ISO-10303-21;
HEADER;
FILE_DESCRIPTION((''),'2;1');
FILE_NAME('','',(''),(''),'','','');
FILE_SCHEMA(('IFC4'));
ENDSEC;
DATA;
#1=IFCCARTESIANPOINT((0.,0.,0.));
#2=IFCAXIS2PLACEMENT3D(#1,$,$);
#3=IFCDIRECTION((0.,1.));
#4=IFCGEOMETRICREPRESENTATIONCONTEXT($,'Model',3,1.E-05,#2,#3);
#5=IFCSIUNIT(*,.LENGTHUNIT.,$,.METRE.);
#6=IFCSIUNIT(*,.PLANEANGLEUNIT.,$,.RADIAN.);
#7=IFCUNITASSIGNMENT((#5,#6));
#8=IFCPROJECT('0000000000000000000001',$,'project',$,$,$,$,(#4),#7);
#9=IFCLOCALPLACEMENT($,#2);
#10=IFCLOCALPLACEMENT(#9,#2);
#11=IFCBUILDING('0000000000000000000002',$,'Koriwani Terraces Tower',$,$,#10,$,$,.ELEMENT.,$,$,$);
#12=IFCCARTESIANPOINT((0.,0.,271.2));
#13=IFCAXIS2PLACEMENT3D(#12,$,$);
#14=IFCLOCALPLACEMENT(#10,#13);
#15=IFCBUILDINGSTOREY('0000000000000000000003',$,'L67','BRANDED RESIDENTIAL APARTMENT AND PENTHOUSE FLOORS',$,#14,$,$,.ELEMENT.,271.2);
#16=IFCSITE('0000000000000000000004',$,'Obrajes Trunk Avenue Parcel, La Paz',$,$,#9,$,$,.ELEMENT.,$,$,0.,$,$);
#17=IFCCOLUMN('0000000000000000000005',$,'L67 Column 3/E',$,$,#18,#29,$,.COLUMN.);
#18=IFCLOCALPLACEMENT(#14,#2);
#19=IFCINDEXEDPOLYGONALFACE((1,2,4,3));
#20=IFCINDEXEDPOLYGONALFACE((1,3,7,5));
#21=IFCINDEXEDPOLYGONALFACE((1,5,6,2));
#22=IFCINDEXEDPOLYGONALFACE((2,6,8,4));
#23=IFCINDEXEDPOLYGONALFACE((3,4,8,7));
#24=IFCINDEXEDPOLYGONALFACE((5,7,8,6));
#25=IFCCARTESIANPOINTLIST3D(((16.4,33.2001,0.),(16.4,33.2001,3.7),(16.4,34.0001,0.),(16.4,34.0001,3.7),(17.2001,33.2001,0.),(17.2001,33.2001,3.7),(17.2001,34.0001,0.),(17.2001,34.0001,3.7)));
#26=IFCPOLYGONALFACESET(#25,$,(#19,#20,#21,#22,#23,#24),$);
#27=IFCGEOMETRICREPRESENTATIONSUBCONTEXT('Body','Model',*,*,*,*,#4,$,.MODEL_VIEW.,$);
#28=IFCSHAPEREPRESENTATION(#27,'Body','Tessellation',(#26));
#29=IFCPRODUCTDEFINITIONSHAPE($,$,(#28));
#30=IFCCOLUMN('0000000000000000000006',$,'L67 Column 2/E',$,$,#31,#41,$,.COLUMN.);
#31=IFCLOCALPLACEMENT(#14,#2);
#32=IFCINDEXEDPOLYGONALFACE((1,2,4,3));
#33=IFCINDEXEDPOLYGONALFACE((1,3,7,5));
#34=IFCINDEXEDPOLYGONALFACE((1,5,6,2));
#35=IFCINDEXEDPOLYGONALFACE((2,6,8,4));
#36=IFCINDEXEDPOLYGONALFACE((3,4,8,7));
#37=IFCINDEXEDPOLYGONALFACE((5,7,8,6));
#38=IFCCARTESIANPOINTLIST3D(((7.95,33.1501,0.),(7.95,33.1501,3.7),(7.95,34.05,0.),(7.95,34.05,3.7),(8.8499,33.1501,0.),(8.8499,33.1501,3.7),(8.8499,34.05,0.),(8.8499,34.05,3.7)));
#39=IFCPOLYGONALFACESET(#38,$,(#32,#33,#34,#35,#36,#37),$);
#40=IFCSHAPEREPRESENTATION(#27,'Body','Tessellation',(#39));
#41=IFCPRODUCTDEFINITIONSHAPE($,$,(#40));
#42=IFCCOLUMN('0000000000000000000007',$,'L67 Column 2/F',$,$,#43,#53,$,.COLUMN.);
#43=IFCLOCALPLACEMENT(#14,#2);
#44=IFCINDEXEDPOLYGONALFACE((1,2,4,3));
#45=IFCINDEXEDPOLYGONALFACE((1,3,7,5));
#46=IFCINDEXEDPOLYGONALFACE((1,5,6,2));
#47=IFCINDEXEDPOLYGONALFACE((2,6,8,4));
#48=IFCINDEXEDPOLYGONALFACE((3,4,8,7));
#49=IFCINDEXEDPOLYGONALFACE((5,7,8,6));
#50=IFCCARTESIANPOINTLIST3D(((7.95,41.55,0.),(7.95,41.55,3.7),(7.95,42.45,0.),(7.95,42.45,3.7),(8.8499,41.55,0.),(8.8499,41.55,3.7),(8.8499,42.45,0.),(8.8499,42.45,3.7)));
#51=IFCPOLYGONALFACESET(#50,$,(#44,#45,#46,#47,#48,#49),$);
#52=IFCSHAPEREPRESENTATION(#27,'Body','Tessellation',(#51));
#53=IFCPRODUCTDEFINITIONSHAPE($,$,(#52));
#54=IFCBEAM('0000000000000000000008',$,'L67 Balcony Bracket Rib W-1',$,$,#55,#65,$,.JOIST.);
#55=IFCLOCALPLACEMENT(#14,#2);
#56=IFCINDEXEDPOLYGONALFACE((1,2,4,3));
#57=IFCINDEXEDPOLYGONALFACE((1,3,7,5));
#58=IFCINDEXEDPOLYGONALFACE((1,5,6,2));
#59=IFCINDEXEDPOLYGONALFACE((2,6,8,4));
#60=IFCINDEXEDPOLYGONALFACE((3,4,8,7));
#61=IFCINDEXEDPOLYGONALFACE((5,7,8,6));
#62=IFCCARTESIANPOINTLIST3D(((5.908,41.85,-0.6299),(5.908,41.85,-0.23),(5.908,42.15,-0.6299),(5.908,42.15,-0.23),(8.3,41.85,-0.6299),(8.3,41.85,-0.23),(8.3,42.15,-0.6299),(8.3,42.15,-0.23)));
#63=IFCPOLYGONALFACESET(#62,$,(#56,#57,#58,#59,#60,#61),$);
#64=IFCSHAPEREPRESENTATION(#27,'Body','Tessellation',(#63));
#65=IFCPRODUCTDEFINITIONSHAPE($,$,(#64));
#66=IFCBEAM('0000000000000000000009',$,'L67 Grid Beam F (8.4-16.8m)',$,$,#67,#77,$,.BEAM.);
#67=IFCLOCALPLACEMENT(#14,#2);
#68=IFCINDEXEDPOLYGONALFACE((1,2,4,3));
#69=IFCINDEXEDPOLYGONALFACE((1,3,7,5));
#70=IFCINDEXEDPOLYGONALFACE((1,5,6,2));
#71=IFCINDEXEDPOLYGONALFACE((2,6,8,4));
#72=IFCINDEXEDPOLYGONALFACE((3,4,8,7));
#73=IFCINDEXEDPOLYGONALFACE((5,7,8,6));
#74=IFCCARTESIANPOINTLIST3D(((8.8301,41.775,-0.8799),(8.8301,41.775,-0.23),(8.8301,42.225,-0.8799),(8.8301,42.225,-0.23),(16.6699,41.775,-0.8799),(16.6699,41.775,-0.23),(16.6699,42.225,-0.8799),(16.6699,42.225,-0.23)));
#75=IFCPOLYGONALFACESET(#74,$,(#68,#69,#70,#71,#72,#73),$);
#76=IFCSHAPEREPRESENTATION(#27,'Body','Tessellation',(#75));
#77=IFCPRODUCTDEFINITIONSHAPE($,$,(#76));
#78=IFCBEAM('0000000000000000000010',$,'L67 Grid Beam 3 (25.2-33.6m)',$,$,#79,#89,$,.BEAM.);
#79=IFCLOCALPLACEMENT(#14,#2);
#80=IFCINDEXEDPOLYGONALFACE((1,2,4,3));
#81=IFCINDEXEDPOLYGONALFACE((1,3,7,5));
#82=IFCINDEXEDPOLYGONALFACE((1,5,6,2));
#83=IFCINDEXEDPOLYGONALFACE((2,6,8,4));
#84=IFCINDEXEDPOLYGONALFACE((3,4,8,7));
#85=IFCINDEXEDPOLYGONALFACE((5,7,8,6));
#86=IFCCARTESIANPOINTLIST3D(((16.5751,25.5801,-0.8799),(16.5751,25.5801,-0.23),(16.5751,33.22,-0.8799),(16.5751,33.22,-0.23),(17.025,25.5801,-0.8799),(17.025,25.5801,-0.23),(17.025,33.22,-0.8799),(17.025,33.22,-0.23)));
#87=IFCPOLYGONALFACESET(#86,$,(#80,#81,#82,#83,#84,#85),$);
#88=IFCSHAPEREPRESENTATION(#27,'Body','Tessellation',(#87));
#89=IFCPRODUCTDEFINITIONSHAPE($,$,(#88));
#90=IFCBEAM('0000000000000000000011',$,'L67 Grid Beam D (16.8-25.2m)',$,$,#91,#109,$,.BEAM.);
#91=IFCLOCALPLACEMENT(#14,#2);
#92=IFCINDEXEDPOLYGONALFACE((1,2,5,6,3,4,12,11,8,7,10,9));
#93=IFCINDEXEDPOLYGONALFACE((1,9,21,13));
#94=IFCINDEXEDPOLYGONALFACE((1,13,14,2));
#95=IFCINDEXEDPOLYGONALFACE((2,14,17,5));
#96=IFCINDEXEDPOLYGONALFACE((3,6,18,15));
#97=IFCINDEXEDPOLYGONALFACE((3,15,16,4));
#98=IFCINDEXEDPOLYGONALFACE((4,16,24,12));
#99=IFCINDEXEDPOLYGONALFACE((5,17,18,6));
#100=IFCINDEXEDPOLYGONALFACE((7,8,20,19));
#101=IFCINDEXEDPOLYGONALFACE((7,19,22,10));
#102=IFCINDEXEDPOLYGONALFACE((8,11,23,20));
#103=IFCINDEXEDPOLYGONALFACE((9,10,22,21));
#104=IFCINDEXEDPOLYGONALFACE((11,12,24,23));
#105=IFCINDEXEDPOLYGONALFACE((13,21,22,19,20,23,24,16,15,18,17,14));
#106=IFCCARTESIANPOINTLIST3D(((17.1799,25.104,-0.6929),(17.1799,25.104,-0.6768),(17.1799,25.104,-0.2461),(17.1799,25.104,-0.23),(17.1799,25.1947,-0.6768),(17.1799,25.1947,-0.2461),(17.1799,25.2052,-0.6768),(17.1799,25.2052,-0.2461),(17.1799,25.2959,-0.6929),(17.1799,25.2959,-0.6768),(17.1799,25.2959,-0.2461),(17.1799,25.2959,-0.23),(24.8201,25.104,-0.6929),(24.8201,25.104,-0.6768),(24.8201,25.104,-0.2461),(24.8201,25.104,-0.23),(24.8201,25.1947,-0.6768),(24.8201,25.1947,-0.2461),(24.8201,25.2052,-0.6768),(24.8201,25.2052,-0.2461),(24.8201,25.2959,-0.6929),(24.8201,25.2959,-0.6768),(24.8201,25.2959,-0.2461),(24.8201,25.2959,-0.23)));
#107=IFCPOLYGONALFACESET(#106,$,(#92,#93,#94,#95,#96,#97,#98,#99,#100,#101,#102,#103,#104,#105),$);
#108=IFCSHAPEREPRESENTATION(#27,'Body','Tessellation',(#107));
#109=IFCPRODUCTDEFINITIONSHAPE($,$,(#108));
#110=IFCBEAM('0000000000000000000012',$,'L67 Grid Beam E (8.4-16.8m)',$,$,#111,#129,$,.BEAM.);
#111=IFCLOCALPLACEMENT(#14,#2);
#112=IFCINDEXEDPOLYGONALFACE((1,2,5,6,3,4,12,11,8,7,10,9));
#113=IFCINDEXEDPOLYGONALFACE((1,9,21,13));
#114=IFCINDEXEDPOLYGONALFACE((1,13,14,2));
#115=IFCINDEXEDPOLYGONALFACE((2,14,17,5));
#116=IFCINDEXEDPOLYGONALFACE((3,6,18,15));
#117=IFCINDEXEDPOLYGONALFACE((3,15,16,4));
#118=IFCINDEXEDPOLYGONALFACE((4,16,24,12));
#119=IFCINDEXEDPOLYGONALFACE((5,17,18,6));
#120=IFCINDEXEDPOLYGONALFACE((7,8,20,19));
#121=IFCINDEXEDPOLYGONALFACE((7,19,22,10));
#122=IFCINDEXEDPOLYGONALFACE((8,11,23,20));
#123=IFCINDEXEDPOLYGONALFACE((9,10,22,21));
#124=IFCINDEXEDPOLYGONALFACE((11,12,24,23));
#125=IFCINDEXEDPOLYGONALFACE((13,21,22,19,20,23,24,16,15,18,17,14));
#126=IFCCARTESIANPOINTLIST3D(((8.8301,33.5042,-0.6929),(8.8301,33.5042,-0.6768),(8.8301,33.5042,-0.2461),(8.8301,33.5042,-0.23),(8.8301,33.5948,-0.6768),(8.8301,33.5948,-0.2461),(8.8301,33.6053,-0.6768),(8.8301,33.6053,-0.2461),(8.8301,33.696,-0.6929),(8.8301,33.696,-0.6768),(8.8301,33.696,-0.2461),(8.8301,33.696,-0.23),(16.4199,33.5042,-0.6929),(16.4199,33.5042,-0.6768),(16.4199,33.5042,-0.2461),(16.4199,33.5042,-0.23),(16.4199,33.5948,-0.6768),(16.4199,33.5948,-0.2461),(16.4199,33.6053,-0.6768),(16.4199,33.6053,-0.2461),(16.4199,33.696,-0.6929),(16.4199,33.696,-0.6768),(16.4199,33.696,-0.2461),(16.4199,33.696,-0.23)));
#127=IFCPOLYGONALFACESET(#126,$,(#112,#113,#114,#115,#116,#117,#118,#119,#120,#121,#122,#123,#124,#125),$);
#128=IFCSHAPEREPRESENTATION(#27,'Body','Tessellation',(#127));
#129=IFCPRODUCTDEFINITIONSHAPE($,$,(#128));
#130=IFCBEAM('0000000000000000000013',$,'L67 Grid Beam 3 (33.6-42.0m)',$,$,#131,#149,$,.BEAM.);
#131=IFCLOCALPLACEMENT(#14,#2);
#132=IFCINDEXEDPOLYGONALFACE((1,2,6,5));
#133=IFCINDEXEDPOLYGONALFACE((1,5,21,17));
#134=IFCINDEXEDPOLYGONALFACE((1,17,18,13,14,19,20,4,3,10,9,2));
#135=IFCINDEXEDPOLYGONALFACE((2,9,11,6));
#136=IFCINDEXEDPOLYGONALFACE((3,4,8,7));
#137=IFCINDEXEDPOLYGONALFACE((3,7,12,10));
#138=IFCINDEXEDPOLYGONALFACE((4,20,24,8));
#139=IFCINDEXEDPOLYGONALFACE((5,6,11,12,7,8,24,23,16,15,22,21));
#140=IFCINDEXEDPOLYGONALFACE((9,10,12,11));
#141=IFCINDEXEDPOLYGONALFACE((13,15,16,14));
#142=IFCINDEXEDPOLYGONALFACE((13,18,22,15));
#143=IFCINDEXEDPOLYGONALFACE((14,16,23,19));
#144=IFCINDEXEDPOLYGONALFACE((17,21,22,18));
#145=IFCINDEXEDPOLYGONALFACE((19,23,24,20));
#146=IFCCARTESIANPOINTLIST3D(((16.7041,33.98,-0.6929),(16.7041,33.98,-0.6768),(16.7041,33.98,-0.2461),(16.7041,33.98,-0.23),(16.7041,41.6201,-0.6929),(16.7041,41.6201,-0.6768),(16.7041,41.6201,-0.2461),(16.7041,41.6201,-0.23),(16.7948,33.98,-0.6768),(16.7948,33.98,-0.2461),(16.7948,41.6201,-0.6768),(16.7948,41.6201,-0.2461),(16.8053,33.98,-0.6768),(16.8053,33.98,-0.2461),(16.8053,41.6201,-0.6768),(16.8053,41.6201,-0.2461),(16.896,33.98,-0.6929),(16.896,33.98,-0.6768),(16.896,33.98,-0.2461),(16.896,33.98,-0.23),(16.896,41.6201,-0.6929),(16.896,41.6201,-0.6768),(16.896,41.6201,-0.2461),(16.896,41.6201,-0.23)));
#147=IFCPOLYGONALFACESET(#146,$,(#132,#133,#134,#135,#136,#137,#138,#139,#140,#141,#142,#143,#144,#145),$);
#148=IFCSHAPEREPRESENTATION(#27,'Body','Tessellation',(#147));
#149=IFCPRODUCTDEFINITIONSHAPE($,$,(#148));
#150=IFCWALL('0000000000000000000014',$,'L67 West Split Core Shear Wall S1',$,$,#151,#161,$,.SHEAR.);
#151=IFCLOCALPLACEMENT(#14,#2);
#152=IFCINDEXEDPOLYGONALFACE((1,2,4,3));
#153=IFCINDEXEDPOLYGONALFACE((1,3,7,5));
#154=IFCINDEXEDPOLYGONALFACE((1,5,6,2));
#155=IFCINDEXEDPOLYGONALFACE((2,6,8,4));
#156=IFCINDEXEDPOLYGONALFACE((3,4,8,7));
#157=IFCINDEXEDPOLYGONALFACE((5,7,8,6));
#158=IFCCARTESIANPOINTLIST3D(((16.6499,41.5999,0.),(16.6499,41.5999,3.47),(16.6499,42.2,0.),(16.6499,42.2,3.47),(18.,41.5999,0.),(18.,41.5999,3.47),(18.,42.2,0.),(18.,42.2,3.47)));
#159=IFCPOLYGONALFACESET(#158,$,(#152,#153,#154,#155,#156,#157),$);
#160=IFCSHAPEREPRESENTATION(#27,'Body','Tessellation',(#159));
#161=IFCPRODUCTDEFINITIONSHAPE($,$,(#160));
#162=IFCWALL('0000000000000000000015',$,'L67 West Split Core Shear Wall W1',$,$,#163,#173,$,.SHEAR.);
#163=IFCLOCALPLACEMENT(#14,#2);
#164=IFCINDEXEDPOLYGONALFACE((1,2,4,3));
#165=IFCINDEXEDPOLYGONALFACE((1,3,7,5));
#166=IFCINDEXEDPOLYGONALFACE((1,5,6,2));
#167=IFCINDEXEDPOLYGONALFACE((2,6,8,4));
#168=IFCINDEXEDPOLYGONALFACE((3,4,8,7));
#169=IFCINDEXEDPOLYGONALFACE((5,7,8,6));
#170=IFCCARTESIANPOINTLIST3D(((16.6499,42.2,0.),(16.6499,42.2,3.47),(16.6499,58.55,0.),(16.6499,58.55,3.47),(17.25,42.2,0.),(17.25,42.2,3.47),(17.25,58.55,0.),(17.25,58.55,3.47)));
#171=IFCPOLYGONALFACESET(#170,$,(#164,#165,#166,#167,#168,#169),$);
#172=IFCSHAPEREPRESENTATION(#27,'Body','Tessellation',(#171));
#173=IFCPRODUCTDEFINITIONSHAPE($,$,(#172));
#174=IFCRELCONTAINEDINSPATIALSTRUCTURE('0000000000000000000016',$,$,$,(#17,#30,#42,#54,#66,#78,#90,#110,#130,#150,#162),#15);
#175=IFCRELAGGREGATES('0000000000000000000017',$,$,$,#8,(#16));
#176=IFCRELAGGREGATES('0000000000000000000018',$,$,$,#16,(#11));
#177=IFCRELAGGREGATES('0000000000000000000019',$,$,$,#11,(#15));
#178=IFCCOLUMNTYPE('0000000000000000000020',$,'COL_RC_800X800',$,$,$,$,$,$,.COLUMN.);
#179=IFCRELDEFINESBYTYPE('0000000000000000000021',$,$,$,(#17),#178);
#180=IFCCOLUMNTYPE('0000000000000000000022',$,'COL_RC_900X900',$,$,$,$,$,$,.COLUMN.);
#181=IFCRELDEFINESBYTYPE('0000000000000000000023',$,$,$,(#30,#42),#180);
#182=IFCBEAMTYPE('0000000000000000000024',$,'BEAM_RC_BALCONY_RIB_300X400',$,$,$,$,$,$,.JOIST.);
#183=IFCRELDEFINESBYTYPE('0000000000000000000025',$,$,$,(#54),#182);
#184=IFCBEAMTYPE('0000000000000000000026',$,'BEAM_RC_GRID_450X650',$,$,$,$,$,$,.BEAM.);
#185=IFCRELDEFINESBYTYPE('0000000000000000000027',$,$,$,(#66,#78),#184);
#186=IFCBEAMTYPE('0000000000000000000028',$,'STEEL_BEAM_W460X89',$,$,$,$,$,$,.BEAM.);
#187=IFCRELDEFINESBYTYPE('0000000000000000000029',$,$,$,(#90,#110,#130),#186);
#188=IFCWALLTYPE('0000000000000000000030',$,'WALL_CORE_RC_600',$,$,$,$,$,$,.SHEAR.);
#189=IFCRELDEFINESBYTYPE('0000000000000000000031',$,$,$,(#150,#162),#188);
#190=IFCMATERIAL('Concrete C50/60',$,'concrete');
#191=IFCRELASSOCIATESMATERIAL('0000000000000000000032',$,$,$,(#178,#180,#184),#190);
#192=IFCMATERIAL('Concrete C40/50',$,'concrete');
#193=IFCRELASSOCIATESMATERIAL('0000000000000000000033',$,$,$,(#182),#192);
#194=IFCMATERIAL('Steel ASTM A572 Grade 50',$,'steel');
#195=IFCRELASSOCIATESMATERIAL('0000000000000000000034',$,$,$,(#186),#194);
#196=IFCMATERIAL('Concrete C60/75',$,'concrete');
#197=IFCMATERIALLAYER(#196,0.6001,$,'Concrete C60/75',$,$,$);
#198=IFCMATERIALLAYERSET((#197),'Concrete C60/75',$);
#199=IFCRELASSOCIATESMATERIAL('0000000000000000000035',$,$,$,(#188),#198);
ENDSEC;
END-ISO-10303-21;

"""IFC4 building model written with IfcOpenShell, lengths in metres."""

from ifc_helpers import new_model, si_unit, direction, frame, frame_2d, origin, origin_2d, place, context, subcontext, project, spatial, rectangle, i_section, extrude, material, layer, layer_set, material_profile, profile_set, type_object, element, save


model = new_model("IFC4")

# Units and contexts
model_context = context("Model", 3, precision=1e-05, world=origin(), true_north=direction((0.0, 1.0)))
body_context = subcontext(model_context, "Body", "Model", "MODEL_VIEW")
ifc_project = project(units=[si_unit("LENGTHUNIT", "METRE"), si_unit("PLANEANGLEUNIT", "RADIAN")], contexts=[model_context])

# Site, building, storey
site_placement = place(None, origin())
site = spatial("IfcSite", under=ifc_project, at=site_placement, Name="Obrajes Trunk Avenue Parcel, La Paz", CompositionType="ELEMENT", RefElevation=0.0)
building_placement = place(site_placement, origin())
building = spatial("IfcBuilding", under=site, at=building_placement, Name="Koriwani Terraces Tower", CompositionType="ELEMENT")
storey_placement = place(building_placement, frame((0.0, 0.0, 271.2)))
storey = spatial("IfcBuildingStorey", under=building, at=storey_placement, Name="L67", Description="BRANDED RESIDENTIAL APARTMENT AND PENTHOUSE FLOORS", CompositionType="ELEMENT", Elevation=271.2)

# Columns
ifc_material_1 = material(Name="Concrete C50/60", Category="concrete")
ifc_material_profile_1 = material_profile(ifc_material_1, rectangle(XDim=0.8, YDim=0.8, at=origin_2d()), Name="Concrete C50/60", Category="LoadBearing")
ifc_profile_set_1 = profile_set([ifc_material_profile_1], Name="Concrete C50/60")
column_type_1 = type_object("IfcColumnType", Name="COL_RC_800X800", PredefinedType="COLUMN", material=ifc_profile_set_1)
column_placement = place(storey_placement, frame((16.8, 33.6001, 0.0), z_axis=(0.0, 0.0, 1.0), x_axis=(1.0, 0.0, 0.0)))
element("IfcColumn", 1, at=column_placement, inside=storey, type_object=column_type_1, Name="L67 Column 3/E", PredefinedType="COLUMN", context=body_context, shape_type="SweptSolid", body=[
    extrude(rectangle(XDim=0.8, YDim=0.8, at=origin_2d()), origin(), (0.0, 0.0, 1.0), 3.7),
])
ifc_material_profile_2 = material_profile(ifc_material_1, rectangle(XDim=0.8999, YDim=0.8999, at=origin_2d()), Name="Concrete C50/60", Category="LoadBearing")
ifc_profile_set_2 = profile_set([ifc_material_profile_2], Name="Concrete C50/60")
column_type_2 = type_object("IfcColumnType", Name="COL_RC_900X900", PredefinedType="COLUMN", material=ifc_profile_set_2)
for number, where, z_axis, x_axis, name in (
    (2, (8.3999, 33.6001, 0.0), (0.0, 0.0, 1.0), (1.0, 0.0, 0.0), "L67 Column 2/E"),
    (3, (8.3999, 42.0, 0.0), (0.0, 0.0, 1.0), (1.0, 0.0, 0.0), "L67 Column 2/F"),
):
    element("IfcColumn", number, at=place(storey_placement, frame(where, z_axis=z_axis, x_axis=x_axis)), inside=storey, type_object=column_type_2, Name=name, PredefinedType="COLUMN", context=body_context, shape_type="SweptSolid", body=[
        extrude(rectangle(XDim=0.8999, YDim=0.8999, at=origin_2d()), origin(), (0.0, 0.0, 1.0), 3.7),
    ])

# Beams
ifc_material_2 = material(Name="Concrete C40/50", Category="concrete")
ifc_material_profile_3 = material_profile(ifc_material_2, rectangle(XDim=0.3, YDim=0.3999, at=origin_2d()), Name="Concrete C40/50", Category="LoadBearing")
ifc_profile_set_3 = profile_set([ifc_material_profile_3], Name="Concrete C40/50")
beam_type_1 = type_object("IfcBeamType", Name="BEAM_RC_BALCONY_RIB_300X400", PredefinedType="JOIST", material=ifc_profile_set_3)
beam_1_placement = place(storey_placement, frame((5.908, 42.0, -0.4299), z_axis=(1.0, 0.0, 0.0), x_axis=(0.0, 1.0, 0.0)))
element("IfcBeam", 4, at=beam_1_placement, inside=storey, type_object=beam_type_1, Name="L67 Balcony Bracket Rib W-1", PredefinedType="JOIST", context=body_context, shape_type="SweptSolid", body=[
    extrude(rectangle(XDim=0.3, YDim=0.3999, at=origin_2d()), origin(), (0.0, 0.0, 1.0), 2.3921),
])
ifc_material_profile_4 = material_profile(ifc_material_1, rectangle(XDim=0.45, YDim=0.6499, at=origin_2d()), Name="Concrete C50/60", Category="LoadBearing")
ifc_profile_set_4 = profile_set([ifc_material_profile_4], Name="Concrete C50/60")
beam_type_2 = type_object("IfcBeamType", Name="BEAM_RC_GRID_450X650", PredefinedType="BEAM", material=ifc_profile_set_4)
beam_2_placement = place(storey_placement, frame((8.8301, 42.0, -0.5549), z_axis=(1.0, 0.0, 0.0), x_axis=(0.0, 1.0, 0.0)))
element("IfcBeam", 5, at=beam_2_placement, inside=storey, type_object=beam_type_2, Name="L67 Grid Beam F (8.4-16.8m)", PredefinedType="BEAM", context=body_context, shape_type="SweptSolid", body=[
    extrude(rectangle(XDim=0.45, YDim=0.6499, at=origin_2d()), origin(), (0.0, 0.0, 1.0), 7.8398),
])
beam_3_placement = place(storey_placement, frame((16.8, 25.5801, -0.5549), z_axis=(0.0, 1.0, 0.0), x_axis=(-1.0, 0.0, 0.0)))
element("IfcBeam", 6, at=beam_3_placement, inside=storey, type_object=beam_type_2, Name="L67 Grid Beam 3 (25.2-33.6m)", PredefinedType="BEAM", context=body_context, shape_type="SweptSolid", body=[
    extrude(rectangle(XDim=0.45, YDim=0.6499, at=origin_2d()), origin(), (0.0, 0.0, 1.0), 7.6399),
])
ifc_material_3 = material(Name="Steel ASTM A572 Grade 50", Category="steel")
ifc_material_profile_5 = material_profile(ifc_material_3, i_section(OverallWidth=0.1919, OverallDepth=0.4629, WebThickness=0.0105, FlangeThickness=0.0161, at=origin_2d()), Name="Steel ASTM A572 Grade 50", Category="LoadBearing")
ifc_profile_set_5 = profile_set([ifc_material_profile_5], Name="Steel ASTM A572 Grade 50")
beam_type_3 = type_object("IfcBeamType", Name="STEEL_BEAM_W460X89", PredefinedType="BEAM", material=ifc_profile_set_5)
beam_4_placement = place(storey_placement, frame((17.1799, 25.2, -0.4614), z_axis=(1.0, 0.0, 0.0), x_axis=(0.0, 1.0, 0.0)))
element("IfcBeam", 7, at=beam_4_placement, inside=storey, type_object=beam_type_3, Name="L67 Grid Beam D (16.8-25.2m)", PredefinedType="BEAM", context=body_context, shape_type="SweptSolid", body=[
    extrude(i_section(OverallWidth=0.1919, OverallDepth=0.4629, WebThickness=0.0105, FlangeThickness=0.0161, at=origin_2d()), origin(), (0.0, 0.0, 1.0), 7.6401),
])
beam_5_placement = place(storey_placement, frame((8.8301, 33.6001, -0.4614), z_axis=(1.0, 0.0, 0.0), x_axis=(0.0, 1.0, 0.0)))
element("IfcBeam", 8, at=beam_5_placement, inside=storey, type_object=beam_type_3, Name="L67 Grid Beam E (8.4-16.8m)", PredefinedType="BEAM", context=body_context, shape_type="SweptSolid", body=[
    extrude(i_section(OverallWidth=0.1919, OverallDepth=0.4629, WebThickness=0.0105, FlangeThickness=0.0161, at=origin_2d()), origin(), (0.0, 0.0, 1.0), 7.5898),
])
beam_6_placement = place(storey_placement, frame((16.8, 33.98, -0.4614), z_axis=(0.0, 1.0, 0.0), x_axis=(-1.0, 0.0, 0.0)))
element("IfcBeam", 9, at=beam_6_placement, inside=storey, type_object=beam_type_3, Name="L67 Grid Beam 3 (33.6-42.0m)", PredefinedType="BEAM", context=body_context, shape_type="SweptSolid", body=[
    extrude(i_section(OverallWidth=0.1919, OverallDepth=0.4629, WebThickness=0.0105, FlangeThickness=0.0161, at=origin_2d()), origin(), (0.0, 0.0, 1.0), 7.6401),
])

# Walls
ifc_material_4 = material(Name="Concrete C60/75", Category="concrete")
ifc_layer_1 = layer(ifc_material_4, 0.6001, Name="Concrete C60/75")
ifc_layer_set_1 = layer_set([ifc_layer_1], Name="Concrete C60/75")
wall_type_1 = type_object("IfcWallType", Name="WALL_CORE_RC_600", PredefinedType="SHEAR", material=ifc_layer_set_1)
wall_1_placement = place(storey_placement, frame((16.6499, 41.8999, 0.0), z_axis=(0.0, 0.0, 1.0), x_axis=(1.0, 0.0, 0.0)))
element("IfcWall", 10, at=wall_1_placement, inside=storey, type_object=wall_type_1, Name="L67 West Split Core Shear Wall S1", PredefinedType="SHEAR", context=body_context, shape_type="SweptSolid", body=[
    extrude(rectangle(XDim=1.3501, YDim=0.6001, at=frame_2d((0.675, 0.0))), origin(), (0.0, 0.0, 1.0), 3.47),
])
wall_2_placement = place(storey_placement, frame((16.95, 42.2, 0.0), z_axis=(0.0, 0.0, 1.0), x_axis=(0.0, 1.0, 0.0)))
element("IfcWall", 11, at=wall_2_placement, inside=storey, type_object=wall_type_1, Name="L67 West Split Core Shear Wall W1", PredefinedType="SHEAR", context=body_context, shape_type="SweptSolid", body=[
    extrude(rectangle(XDim=16.3501, YDim=0.6001, at=frame_2d((8.175, 0.0))), origin(), (0.0, 0.0, 1.0), 3.47),
])

save(model, "model.ifc")
